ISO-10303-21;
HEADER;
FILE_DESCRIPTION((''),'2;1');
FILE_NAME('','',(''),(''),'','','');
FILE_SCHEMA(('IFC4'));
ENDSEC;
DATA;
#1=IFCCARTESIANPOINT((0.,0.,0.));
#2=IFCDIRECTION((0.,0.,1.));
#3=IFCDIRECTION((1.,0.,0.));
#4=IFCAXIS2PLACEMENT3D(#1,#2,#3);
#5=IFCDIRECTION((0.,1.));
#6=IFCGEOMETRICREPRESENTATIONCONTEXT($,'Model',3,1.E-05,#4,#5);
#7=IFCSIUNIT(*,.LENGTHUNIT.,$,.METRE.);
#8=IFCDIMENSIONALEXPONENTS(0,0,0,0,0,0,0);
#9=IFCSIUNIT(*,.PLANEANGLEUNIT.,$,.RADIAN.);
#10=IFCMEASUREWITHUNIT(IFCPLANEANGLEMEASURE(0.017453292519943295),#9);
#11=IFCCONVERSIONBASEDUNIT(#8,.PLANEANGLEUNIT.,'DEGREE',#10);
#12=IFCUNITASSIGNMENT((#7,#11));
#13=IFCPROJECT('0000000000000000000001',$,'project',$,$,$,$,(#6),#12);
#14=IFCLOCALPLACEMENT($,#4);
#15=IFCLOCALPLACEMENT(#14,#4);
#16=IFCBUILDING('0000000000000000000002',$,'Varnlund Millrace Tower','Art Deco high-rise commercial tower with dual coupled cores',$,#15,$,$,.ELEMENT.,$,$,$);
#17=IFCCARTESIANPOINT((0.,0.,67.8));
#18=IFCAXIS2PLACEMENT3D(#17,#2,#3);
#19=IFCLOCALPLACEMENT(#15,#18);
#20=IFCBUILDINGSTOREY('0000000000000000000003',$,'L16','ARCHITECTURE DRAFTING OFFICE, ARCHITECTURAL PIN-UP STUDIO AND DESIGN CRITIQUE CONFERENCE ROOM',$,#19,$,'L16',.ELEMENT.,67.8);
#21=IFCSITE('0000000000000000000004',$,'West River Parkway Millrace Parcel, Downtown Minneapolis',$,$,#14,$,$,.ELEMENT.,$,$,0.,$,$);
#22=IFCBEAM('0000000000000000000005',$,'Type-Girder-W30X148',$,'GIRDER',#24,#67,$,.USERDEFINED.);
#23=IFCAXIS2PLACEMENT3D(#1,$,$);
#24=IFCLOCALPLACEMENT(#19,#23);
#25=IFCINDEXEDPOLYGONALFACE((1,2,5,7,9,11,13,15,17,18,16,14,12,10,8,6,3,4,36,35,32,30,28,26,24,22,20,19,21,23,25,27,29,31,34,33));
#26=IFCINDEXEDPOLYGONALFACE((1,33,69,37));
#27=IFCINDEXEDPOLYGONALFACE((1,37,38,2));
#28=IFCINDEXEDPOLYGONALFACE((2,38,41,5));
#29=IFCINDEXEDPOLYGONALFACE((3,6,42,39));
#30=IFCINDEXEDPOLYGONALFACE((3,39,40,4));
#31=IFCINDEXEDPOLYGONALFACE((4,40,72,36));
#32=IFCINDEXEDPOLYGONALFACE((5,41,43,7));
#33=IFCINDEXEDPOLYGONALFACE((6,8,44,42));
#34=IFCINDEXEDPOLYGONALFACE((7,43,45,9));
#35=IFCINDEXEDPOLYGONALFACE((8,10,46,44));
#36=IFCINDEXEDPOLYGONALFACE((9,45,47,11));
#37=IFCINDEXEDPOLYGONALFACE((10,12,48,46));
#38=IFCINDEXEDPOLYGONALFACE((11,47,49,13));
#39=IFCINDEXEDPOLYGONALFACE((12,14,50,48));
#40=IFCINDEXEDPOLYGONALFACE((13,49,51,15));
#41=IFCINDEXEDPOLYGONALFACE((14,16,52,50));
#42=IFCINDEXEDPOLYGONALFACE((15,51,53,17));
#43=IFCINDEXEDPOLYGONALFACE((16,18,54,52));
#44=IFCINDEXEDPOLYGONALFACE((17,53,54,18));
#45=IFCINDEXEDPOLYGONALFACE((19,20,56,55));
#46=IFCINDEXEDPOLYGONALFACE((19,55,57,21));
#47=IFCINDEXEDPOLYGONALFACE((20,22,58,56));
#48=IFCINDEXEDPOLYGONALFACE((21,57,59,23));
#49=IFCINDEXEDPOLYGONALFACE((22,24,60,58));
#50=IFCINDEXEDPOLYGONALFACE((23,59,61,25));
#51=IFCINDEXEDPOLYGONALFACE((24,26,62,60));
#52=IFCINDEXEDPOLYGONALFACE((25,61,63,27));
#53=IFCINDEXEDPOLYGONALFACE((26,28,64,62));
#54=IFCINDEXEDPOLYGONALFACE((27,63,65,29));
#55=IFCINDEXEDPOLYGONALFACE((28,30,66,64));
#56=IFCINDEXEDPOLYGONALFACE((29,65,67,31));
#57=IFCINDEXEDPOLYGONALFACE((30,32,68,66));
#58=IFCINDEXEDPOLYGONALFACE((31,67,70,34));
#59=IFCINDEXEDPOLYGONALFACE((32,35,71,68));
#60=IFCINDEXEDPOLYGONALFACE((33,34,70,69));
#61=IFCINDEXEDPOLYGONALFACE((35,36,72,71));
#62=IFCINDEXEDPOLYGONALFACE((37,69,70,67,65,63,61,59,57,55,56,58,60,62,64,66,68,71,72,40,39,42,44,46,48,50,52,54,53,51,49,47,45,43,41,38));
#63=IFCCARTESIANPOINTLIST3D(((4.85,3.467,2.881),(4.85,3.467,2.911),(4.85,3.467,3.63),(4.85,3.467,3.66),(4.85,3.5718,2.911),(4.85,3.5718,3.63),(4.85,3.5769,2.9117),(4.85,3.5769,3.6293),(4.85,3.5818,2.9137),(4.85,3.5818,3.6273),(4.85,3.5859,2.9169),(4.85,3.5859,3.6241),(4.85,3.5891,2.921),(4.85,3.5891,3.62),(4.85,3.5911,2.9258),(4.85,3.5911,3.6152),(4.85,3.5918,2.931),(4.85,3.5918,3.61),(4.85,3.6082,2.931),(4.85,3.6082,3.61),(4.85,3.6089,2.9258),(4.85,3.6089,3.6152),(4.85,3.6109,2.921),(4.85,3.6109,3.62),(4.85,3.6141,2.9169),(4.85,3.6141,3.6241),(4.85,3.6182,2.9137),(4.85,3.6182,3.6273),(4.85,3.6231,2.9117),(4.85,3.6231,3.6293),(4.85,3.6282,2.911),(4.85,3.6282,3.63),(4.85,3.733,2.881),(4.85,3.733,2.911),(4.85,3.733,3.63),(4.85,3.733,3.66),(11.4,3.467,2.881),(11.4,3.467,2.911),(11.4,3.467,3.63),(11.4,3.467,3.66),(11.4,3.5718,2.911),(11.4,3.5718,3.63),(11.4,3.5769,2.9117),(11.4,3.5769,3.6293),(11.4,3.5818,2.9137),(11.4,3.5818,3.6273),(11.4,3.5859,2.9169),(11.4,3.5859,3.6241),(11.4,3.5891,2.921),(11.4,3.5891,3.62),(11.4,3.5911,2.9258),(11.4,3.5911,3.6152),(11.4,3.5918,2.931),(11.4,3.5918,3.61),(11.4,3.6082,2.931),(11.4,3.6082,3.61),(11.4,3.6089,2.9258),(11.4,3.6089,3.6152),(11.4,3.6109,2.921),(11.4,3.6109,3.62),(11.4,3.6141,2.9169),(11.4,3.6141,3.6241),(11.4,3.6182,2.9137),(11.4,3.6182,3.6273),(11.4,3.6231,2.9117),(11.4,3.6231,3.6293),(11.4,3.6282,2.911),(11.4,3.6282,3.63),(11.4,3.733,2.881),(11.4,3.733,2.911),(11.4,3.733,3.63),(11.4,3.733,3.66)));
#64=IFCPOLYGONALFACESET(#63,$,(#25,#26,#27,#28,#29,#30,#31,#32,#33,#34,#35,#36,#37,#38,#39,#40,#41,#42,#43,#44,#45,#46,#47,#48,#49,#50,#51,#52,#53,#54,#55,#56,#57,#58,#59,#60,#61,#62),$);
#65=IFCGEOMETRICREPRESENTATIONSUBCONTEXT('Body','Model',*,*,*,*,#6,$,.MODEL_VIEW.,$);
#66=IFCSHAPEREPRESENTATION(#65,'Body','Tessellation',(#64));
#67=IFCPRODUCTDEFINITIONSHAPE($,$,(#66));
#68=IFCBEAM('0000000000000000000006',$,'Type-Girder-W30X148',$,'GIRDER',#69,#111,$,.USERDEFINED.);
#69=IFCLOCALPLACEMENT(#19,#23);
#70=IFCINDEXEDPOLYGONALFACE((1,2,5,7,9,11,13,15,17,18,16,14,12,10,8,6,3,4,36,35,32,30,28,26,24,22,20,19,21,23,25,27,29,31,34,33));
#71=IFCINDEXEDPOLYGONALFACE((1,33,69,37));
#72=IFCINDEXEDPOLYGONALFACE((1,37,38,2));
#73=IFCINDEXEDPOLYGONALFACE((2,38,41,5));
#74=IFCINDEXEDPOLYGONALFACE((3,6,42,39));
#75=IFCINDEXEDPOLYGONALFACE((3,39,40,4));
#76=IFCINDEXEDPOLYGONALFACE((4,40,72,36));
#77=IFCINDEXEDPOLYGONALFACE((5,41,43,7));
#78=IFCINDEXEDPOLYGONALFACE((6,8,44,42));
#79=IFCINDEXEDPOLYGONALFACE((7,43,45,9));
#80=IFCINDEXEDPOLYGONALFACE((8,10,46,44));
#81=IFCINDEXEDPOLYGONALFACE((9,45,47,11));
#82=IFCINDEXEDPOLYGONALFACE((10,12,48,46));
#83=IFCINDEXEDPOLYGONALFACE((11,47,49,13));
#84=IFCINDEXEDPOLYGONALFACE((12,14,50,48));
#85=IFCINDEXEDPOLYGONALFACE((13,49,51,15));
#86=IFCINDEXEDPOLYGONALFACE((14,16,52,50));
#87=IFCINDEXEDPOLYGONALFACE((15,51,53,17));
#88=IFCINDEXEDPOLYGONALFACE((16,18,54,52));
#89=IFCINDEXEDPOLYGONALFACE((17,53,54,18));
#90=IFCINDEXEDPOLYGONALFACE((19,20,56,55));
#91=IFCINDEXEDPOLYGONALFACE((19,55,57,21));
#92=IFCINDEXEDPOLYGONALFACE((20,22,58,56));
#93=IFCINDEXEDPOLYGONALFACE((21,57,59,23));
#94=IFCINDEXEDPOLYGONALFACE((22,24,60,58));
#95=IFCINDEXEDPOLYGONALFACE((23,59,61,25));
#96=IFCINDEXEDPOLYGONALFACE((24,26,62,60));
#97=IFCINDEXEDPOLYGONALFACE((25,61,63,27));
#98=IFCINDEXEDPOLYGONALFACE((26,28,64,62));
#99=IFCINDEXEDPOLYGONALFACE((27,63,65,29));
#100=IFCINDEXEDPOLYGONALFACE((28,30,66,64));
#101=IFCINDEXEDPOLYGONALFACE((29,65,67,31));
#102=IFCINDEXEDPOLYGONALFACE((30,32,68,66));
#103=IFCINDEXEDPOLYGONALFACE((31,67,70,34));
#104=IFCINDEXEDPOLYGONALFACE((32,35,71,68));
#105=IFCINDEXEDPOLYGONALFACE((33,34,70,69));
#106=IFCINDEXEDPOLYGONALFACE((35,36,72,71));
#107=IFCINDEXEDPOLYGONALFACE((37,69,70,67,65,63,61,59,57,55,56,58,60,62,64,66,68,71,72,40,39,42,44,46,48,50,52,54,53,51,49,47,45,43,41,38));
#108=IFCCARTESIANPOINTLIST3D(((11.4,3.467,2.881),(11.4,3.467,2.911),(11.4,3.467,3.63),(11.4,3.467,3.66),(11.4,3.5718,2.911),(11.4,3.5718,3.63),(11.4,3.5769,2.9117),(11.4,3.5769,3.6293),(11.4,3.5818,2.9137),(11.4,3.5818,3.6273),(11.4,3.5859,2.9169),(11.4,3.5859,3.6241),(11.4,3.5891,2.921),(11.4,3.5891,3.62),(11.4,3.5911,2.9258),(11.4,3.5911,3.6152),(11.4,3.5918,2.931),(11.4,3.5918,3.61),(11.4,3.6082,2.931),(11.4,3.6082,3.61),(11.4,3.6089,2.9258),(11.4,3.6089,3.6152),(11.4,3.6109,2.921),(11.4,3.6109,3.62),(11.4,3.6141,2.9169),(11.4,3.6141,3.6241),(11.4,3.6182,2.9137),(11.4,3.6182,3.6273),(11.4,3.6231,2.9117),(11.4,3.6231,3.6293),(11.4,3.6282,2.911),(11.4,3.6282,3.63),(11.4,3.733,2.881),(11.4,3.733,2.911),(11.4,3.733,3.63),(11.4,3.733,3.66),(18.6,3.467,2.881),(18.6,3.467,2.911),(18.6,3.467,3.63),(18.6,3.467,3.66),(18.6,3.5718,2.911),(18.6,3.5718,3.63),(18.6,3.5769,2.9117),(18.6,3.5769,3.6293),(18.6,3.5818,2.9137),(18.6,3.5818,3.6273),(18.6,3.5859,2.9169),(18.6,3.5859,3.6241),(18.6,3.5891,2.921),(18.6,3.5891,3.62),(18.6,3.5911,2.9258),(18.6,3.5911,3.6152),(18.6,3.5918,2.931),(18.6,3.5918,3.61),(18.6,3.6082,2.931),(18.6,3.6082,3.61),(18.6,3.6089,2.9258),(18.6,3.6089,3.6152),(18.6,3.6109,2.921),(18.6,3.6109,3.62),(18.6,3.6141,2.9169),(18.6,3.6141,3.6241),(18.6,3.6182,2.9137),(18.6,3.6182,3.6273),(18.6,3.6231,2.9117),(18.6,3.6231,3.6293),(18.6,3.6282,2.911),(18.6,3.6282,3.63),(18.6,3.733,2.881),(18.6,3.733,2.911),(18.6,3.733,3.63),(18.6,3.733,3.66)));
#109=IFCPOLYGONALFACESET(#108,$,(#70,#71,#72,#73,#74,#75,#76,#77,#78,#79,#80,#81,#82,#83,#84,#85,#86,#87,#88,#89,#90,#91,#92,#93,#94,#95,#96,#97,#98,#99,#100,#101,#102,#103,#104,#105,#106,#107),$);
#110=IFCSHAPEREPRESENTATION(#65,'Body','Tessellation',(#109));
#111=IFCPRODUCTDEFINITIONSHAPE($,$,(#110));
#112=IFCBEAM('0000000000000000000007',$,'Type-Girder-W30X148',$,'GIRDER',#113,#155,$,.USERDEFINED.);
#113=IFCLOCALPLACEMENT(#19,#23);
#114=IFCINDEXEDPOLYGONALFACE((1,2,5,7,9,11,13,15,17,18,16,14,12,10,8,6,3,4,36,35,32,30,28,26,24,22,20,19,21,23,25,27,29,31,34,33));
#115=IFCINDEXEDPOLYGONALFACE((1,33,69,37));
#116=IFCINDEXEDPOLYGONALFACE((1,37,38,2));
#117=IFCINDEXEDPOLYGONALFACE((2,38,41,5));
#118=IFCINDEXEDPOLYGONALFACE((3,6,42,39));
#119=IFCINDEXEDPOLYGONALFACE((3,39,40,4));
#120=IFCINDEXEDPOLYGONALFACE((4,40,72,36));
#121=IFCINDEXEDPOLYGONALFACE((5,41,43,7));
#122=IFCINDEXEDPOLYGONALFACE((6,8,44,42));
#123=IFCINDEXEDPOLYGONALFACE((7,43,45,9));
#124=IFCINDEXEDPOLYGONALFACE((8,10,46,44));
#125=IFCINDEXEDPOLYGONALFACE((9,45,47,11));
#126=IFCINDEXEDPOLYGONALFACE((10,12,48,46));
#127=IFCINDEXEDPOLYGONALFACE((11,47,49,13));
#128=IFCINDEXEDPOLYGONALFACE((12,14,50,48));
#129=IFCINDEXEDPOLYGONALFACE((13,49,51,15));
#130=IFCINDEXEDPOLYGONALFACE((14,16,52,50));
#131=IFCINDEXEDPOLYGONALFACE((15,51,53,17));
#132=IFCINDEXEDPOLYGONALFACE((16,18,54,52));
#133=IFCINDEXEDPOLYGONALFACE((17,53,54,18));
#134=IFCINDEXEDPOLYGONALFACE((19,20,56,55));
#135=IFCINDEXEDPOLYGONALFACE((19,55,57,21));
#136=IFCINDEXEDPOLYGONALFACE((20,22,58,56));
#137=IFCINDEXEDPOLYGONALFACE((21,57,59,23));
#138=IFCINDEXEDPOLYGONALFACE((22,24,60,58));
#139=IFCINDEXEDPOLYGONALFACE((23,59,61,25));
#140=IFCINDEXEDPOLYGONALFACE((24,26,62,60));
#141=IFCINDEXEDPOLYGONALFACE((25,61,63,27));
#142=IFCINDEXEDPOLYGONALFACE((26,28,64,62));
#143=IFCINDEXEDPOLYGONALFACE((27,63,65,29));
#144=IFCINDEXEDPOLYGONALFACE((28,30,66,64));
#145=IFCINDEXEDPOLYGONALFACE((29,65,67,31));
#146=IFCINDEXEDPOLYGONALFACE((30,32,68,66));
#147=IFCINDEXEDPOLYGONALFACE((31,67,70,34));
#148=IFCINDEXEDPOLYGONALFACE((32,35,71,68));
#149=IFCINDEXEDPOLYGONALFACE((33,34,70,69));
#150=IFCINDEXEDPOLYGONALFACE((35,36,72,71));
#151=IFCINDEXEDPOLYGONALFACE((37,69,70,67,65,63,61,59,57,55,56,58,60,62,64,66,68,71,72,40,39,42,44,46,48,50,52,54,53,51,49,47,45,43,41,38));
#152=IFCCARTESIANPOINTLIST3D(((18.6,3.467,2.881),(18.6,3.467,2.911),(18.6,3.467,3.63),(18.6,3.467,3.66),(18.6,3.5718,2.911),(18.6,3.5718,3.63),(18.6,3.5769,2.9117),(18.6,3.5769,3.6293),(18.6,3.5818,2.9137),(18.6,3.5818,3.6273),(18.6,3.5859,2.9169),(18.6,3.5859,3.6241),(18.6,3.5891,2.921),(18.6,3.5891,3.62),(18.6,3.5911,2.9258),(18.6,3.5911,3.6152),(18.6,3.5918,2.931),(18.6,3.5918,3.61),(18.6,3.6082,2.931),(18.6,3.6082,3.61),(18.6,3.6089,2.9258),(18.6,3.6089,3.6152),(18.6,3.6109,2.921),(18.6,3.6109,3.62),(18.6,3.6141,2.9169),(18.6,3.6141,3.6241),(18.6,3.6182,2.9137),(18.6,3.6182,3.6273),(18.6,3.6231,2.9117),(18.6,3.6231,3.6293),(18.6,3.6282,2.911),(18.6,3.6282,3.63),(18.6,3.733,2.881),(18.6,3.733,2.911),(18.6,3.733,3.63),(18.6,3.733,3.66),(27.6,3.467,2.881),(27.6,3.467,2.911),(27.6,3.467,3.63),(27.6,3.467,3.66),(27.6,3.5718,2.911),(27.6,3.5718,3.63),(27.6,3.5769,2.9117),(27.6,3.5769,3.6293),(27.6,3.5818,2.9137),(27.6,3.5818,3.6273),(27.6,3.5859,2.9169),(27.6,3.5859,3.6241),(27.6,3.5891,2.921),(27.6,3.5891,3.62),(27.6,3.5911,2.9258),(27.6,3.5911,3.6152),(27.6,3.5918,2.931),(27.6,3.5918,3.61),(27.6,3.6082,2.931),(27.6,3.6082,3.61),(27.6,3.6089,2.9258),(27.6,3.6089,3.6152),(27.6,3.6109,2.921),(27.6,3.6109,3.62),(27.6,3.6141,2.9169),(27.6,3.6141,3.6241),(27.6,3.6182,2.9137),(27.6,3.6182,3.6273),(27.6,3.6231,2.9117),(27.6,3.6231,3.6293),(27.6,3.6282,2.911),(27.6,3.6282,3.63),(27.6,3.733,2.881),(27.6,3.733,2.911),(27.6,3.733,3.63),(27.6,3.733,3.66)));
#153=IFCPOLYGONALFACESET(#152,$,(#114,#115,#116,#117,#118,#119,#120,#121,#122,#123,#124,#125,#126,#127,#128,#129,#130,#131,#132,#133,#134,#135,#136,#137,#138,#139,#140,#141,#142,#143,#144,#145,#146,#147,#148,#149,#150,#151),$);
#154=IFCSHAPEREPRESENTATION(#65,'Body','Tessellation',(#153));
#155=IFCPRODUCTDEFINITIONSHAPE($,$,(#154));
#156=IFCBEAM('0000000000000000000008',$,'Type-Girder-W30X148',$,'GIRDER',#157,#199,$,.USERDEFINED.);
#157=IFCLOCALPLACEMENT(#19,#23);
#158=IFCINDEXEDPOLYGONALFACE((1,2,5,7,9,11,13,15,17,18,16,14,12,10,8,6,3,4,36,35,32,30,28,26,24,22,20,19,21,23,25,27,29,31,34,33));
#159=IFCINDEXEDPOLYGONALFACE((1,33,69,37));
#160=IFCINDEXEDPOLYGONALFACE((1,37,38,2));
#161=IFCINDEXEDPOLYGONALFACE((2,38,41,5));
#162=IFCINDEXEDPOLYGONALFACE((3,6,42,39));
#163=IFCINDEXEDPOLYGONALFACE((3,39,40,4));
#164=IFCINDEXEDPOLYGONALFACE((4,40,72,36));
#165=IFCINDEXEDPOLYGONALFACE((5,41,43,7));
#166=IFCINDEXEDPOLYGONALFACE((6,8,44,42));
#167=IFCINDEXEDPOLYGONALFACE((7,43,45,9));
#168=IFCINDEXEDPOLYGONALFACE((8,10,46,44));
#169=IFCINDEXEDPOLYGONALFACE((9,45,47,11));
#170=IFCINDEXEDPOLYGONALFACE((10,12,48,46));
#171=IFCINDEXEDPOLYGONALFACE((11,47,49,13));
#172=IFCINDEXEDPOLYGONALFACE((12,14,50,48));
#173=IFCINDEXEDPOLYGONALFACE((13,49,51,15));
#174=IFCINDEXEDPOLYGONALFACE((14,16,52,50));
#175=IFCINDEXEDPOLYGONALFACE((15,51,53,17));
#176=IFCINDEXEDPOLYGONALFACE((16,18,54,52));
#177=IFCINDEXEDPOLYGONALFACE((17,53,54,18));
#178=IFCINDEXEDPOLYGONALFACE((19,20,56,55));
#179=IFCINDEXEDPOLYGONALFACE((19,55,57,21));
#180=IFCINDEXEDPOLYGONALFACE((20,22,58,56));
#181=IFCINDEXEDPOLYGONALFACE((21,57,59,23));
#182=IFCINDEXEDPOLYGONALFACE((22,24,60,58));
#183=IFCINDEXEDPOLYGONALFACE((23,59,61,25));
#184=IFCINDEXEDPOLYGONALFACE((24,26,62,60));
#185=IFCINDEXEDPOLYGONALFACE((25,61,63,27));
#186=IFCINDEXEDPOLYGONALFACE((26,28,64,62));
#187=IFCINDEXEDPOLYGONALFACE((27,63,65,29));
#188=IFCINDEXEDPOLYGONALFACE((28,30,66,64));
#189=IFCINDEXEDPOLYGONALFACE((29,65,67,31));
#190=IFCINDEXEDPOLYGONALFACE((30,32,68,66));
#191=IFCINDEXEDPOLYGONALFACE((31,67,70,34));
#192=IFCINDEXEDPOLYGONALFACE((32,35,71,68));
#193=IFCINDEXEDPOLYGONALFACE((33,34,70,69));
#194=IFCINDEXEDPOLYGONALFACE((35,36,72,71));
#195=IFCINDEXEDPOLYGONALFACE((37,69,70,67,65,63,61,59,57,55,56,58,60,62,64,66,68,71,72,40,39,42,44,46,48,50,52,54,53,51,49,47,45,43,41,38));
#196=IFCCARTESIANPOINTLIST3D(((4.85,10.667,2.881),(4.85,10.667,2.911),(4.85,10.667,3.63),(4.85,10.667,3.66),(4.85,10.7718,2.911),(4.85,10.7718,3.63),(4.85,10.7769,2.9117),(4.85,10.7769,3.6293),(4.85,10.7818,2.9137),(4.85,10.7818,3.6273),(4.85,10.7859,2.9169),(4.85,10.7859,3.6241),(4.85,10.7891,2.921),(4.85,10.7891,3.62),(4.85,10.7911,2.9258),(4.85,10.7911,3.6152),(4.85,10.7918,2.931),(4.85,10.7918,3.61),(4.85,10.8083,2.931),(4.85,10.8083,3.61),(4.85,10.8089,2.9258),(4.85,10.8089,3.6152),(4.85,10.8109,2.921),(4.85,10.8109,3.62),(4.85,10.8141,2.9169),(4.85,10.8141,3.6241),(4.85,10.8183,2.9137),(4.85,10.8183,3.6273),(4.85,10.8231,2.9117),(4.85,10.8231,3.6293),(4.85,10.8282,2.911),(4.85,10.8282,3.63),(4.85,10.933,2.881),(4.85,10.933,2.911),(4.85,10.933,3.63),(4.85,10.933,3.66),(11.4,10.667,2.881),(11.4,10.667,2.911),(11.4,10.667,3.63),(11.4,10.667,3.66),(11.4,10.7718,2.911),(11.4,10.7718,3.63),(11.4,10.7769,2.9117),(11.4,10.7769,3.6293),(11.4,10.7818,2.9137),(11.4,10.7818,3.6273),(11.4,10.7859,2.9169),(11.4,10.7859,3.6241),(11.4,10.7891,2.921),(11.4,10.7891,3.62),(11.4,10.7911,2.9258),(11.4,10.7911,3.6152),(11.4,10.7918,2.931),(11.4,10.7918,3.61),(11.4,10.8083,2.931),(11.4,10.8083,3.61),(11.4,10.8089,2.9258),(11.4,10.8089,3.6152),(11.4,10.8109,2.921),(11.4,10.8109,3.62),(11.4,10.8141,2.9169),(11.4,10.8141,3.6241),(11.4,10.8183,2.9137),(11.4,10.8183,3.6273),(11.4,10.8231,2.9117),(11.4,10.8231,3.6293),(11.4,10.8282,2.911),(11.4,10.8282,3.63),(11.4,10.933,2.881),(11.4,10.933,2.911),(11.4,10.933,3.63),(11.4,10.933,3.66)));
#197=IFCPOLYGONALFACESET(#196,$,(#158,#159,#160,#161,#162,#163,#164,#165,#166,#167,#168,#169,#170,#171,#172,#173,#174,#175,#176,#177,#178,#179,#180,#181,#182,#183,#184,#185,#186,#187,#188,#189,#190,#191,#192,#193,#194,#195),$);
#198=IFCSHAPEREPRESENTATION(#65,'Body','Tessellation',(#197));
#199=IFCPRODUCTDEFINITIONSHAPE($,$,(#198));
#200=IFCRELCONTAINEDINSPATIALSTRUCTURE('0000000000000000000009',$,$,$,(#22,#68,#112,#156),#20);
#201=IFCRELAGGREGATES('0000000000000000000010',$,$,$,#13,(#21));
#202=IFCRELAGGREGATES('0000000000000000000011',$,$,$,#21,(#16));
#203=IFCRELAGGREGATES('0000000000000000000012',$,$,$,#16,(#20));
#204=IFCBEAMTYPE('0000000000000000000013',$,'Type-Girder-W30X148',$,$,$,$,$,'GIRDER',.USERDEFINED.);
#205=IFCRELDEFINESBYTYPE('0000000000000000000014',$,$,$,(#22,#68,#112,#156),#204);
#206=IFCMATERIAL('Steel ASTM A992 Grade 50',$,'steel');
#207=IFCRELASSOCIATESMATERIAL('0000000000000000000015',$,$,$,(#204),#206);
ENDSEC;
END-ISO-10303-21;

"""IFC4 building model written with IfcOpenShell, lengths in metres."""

from ifc_helpers import new_model, entity, si_unit, converted_unit, direction, frame, origin_with_axes, origin_2d_with_axis, place, context, subcontext, project, spatial, i_section, extrude, material, material_profile, profile_set, type_object, element, save


model = new_model("IFC4")

# Units and contexts
model_context = context("Model", 3, precision=1e-05, world=origin_with_axes(), true_north=direction((0.0, 1.0)))
body_context = subcontext(model_context, "Body", "Model", "MODEL_VIEW")
ifc_project = project(units=[si_unit("LENGTHUNIT", "METRE"), converted_unit("PLANEANGLEUNIT", "DEGREE", entity("IfcPlaneAngleMeasure", 0.017453292519943295), si_unit("PLANEANGLEUNIT", "RADIAN"), dimensions=[0, 0, 0, 0, 0, 0, 0])], contexts=[model_context])

# Site, building, storey
site_placement = place(None, origin_with_axes())
site = spatial("IfcSite", under=ifc_project, at=site_placement, Name="West River Parkway Millrace Parcel, Downtown Minneapolis", CompositionType="ELEMENT", RefElevation=0.0)
building_placement = place(site_placement, origin_with_axes())
building = spatial("IfcBuilding", under=site, at=building_placement, Name="Varnlund Millrace Tower", Description="Art Deco high-rise commercial tower with dual coupled cores", CompositionType="ELEMENT")
storey_placement = place(building_placement, frame((0.0, 0.0, 67.8), z_axis=(0.0, 0.0, 1.0), x_axis=(1.0, 0.0, 0.0)))
storey = spatial("IfcBuildingStorey", under=building, at=storey_placement, Name="L16", Description="ARCHITECTURE DRAFTING OFFICE, ARCHITECTURAL PIN-UP STUDIO AND DESIGN CRITIQUE CONFERENCE ROOM", LongName="L16", CompositionType="ELEMENT", Elevation=67.8)

# Beams
ifc_material_1 = material(Name="Steel ASTM A992 Grade 50", Category="steel")
ifc_material_profile_1 = material_profile(ifc_material_1, i_section(OverallWidth=0.266, OverallDepth=0.779, WebThickness=0.0165, FlangeThickness=0.03, FilletRadius=0.02, at=origin_2d_with_axis()), Name="Steel ASTM A992 Grade 50")
ifc_profile_set_1 = profile_set([ifc_material_profile_1], Name="Steel ASTM A992 Grade 50")
beam_type_1 = type_object("IfcBeamType", Name="Type-Girder-W30X148", ElementType="GIRDER", PredefinedType="USERDEFINED", material=ifc_profile_set_1)
beam_1_placement = place(storey_placement, frame((4.85, 3.6, 3.2705), z_axis=(1.0, 0.0, 0.0), x_axis=(0.0, 1.0, 0.0)))
element("IfcBeam", 1, at=beam_1_placement, inside=storey, type_object=beam_type_1, Name="Type-Girder-W30X148", ObjectType="GIRDER", PredefinedType="USERDEFINED", context=body_context, shape_type="SweptSolid", body=[
    extrude(i_section(OverallWidth=0.266, OverallDepth=0.779, WebThickness=0.0165, FlangeThickness=0.03, FilletRadius=0.02, at=origin_2d_with_axis()), origin_with_axes(), (0.0, 0.0, 1.0), 6.55),
])
beam_2_placement = place(storey_placement, frame((11.4, 3.6, 3.2705), z_axis=(1.0, 0.0, 0.0), x_axis=(0.0, 1.0, 0.0)))
element("IfcBeam", 2, at=beam_2_placement, inside=storey, type_object=beam_type_1, Name="Type-Girder-W30X148", ObjectType="GIRDER", PredefinedType="USERDEFINED", context=body_context, shape_type="SweptSolid", body=[
    extrude(i_section(OverallWidth=0.266, OverallDepth=0.779, WebThickness=0.0165, FlangeThickness=0.03, FilletRadius=0.02, at=origin_2d_with_axis()), origin_with_axes(), (0.0, 0.0, 1.0), 7.2),
])
beam_3_placement = place(storey_placement, frame((18.6, 3.6, 3.2705), z_axis=(1.0, 0.0, 0.0), x_axis=(0.0, 1.0, 0.0)))
element("IfcBeam", 3, at=beam_3_placement, inside=storey, type_object=beam_type_1, Name="Type-Girder-W30X148", ObjectType="GIRDER", PredefinedType="USERDEFINED", context=body_context, shape_type="SweptSolid", body=[
    extrude(i_section(OverallWidth=0.266, OverallDepth=0.779, WebThickness=0.0165, FlangeThickness=0.03, FilletRadius=0.02, at=origin_2d_with_axis()), origin_with_axes(), (0.0, 0.0, 1.0), 9.0),
])
beam_4_placement = place(storey_placement, frame((4.85, 10.8, 3.2705), z_axis=(1.0, 0.0, 0.0), x_axis=(0.0, 1.0, 0.0)))
element("IfcBeam", 4, at=beam_4_placement, inside=storey, type_object=beam_type_1, Name="Type-Girder-W30X148", ObjectType="GIRDER", PredefinedType="USERDEFINED", context=body_context, shape_type="SweptSolid", body=[
    extrude(i_section(OverallWidth=0.266, OverallDepth=0.779, WebThickness=0.0165, FlangeThickness=0.03, FilletRadius=0.02, at=origin_2d_with_axis()), origin_with_axes(), (0.0, 0.0, 1.0), 6.55),
])

save(model, "model.ifc")
